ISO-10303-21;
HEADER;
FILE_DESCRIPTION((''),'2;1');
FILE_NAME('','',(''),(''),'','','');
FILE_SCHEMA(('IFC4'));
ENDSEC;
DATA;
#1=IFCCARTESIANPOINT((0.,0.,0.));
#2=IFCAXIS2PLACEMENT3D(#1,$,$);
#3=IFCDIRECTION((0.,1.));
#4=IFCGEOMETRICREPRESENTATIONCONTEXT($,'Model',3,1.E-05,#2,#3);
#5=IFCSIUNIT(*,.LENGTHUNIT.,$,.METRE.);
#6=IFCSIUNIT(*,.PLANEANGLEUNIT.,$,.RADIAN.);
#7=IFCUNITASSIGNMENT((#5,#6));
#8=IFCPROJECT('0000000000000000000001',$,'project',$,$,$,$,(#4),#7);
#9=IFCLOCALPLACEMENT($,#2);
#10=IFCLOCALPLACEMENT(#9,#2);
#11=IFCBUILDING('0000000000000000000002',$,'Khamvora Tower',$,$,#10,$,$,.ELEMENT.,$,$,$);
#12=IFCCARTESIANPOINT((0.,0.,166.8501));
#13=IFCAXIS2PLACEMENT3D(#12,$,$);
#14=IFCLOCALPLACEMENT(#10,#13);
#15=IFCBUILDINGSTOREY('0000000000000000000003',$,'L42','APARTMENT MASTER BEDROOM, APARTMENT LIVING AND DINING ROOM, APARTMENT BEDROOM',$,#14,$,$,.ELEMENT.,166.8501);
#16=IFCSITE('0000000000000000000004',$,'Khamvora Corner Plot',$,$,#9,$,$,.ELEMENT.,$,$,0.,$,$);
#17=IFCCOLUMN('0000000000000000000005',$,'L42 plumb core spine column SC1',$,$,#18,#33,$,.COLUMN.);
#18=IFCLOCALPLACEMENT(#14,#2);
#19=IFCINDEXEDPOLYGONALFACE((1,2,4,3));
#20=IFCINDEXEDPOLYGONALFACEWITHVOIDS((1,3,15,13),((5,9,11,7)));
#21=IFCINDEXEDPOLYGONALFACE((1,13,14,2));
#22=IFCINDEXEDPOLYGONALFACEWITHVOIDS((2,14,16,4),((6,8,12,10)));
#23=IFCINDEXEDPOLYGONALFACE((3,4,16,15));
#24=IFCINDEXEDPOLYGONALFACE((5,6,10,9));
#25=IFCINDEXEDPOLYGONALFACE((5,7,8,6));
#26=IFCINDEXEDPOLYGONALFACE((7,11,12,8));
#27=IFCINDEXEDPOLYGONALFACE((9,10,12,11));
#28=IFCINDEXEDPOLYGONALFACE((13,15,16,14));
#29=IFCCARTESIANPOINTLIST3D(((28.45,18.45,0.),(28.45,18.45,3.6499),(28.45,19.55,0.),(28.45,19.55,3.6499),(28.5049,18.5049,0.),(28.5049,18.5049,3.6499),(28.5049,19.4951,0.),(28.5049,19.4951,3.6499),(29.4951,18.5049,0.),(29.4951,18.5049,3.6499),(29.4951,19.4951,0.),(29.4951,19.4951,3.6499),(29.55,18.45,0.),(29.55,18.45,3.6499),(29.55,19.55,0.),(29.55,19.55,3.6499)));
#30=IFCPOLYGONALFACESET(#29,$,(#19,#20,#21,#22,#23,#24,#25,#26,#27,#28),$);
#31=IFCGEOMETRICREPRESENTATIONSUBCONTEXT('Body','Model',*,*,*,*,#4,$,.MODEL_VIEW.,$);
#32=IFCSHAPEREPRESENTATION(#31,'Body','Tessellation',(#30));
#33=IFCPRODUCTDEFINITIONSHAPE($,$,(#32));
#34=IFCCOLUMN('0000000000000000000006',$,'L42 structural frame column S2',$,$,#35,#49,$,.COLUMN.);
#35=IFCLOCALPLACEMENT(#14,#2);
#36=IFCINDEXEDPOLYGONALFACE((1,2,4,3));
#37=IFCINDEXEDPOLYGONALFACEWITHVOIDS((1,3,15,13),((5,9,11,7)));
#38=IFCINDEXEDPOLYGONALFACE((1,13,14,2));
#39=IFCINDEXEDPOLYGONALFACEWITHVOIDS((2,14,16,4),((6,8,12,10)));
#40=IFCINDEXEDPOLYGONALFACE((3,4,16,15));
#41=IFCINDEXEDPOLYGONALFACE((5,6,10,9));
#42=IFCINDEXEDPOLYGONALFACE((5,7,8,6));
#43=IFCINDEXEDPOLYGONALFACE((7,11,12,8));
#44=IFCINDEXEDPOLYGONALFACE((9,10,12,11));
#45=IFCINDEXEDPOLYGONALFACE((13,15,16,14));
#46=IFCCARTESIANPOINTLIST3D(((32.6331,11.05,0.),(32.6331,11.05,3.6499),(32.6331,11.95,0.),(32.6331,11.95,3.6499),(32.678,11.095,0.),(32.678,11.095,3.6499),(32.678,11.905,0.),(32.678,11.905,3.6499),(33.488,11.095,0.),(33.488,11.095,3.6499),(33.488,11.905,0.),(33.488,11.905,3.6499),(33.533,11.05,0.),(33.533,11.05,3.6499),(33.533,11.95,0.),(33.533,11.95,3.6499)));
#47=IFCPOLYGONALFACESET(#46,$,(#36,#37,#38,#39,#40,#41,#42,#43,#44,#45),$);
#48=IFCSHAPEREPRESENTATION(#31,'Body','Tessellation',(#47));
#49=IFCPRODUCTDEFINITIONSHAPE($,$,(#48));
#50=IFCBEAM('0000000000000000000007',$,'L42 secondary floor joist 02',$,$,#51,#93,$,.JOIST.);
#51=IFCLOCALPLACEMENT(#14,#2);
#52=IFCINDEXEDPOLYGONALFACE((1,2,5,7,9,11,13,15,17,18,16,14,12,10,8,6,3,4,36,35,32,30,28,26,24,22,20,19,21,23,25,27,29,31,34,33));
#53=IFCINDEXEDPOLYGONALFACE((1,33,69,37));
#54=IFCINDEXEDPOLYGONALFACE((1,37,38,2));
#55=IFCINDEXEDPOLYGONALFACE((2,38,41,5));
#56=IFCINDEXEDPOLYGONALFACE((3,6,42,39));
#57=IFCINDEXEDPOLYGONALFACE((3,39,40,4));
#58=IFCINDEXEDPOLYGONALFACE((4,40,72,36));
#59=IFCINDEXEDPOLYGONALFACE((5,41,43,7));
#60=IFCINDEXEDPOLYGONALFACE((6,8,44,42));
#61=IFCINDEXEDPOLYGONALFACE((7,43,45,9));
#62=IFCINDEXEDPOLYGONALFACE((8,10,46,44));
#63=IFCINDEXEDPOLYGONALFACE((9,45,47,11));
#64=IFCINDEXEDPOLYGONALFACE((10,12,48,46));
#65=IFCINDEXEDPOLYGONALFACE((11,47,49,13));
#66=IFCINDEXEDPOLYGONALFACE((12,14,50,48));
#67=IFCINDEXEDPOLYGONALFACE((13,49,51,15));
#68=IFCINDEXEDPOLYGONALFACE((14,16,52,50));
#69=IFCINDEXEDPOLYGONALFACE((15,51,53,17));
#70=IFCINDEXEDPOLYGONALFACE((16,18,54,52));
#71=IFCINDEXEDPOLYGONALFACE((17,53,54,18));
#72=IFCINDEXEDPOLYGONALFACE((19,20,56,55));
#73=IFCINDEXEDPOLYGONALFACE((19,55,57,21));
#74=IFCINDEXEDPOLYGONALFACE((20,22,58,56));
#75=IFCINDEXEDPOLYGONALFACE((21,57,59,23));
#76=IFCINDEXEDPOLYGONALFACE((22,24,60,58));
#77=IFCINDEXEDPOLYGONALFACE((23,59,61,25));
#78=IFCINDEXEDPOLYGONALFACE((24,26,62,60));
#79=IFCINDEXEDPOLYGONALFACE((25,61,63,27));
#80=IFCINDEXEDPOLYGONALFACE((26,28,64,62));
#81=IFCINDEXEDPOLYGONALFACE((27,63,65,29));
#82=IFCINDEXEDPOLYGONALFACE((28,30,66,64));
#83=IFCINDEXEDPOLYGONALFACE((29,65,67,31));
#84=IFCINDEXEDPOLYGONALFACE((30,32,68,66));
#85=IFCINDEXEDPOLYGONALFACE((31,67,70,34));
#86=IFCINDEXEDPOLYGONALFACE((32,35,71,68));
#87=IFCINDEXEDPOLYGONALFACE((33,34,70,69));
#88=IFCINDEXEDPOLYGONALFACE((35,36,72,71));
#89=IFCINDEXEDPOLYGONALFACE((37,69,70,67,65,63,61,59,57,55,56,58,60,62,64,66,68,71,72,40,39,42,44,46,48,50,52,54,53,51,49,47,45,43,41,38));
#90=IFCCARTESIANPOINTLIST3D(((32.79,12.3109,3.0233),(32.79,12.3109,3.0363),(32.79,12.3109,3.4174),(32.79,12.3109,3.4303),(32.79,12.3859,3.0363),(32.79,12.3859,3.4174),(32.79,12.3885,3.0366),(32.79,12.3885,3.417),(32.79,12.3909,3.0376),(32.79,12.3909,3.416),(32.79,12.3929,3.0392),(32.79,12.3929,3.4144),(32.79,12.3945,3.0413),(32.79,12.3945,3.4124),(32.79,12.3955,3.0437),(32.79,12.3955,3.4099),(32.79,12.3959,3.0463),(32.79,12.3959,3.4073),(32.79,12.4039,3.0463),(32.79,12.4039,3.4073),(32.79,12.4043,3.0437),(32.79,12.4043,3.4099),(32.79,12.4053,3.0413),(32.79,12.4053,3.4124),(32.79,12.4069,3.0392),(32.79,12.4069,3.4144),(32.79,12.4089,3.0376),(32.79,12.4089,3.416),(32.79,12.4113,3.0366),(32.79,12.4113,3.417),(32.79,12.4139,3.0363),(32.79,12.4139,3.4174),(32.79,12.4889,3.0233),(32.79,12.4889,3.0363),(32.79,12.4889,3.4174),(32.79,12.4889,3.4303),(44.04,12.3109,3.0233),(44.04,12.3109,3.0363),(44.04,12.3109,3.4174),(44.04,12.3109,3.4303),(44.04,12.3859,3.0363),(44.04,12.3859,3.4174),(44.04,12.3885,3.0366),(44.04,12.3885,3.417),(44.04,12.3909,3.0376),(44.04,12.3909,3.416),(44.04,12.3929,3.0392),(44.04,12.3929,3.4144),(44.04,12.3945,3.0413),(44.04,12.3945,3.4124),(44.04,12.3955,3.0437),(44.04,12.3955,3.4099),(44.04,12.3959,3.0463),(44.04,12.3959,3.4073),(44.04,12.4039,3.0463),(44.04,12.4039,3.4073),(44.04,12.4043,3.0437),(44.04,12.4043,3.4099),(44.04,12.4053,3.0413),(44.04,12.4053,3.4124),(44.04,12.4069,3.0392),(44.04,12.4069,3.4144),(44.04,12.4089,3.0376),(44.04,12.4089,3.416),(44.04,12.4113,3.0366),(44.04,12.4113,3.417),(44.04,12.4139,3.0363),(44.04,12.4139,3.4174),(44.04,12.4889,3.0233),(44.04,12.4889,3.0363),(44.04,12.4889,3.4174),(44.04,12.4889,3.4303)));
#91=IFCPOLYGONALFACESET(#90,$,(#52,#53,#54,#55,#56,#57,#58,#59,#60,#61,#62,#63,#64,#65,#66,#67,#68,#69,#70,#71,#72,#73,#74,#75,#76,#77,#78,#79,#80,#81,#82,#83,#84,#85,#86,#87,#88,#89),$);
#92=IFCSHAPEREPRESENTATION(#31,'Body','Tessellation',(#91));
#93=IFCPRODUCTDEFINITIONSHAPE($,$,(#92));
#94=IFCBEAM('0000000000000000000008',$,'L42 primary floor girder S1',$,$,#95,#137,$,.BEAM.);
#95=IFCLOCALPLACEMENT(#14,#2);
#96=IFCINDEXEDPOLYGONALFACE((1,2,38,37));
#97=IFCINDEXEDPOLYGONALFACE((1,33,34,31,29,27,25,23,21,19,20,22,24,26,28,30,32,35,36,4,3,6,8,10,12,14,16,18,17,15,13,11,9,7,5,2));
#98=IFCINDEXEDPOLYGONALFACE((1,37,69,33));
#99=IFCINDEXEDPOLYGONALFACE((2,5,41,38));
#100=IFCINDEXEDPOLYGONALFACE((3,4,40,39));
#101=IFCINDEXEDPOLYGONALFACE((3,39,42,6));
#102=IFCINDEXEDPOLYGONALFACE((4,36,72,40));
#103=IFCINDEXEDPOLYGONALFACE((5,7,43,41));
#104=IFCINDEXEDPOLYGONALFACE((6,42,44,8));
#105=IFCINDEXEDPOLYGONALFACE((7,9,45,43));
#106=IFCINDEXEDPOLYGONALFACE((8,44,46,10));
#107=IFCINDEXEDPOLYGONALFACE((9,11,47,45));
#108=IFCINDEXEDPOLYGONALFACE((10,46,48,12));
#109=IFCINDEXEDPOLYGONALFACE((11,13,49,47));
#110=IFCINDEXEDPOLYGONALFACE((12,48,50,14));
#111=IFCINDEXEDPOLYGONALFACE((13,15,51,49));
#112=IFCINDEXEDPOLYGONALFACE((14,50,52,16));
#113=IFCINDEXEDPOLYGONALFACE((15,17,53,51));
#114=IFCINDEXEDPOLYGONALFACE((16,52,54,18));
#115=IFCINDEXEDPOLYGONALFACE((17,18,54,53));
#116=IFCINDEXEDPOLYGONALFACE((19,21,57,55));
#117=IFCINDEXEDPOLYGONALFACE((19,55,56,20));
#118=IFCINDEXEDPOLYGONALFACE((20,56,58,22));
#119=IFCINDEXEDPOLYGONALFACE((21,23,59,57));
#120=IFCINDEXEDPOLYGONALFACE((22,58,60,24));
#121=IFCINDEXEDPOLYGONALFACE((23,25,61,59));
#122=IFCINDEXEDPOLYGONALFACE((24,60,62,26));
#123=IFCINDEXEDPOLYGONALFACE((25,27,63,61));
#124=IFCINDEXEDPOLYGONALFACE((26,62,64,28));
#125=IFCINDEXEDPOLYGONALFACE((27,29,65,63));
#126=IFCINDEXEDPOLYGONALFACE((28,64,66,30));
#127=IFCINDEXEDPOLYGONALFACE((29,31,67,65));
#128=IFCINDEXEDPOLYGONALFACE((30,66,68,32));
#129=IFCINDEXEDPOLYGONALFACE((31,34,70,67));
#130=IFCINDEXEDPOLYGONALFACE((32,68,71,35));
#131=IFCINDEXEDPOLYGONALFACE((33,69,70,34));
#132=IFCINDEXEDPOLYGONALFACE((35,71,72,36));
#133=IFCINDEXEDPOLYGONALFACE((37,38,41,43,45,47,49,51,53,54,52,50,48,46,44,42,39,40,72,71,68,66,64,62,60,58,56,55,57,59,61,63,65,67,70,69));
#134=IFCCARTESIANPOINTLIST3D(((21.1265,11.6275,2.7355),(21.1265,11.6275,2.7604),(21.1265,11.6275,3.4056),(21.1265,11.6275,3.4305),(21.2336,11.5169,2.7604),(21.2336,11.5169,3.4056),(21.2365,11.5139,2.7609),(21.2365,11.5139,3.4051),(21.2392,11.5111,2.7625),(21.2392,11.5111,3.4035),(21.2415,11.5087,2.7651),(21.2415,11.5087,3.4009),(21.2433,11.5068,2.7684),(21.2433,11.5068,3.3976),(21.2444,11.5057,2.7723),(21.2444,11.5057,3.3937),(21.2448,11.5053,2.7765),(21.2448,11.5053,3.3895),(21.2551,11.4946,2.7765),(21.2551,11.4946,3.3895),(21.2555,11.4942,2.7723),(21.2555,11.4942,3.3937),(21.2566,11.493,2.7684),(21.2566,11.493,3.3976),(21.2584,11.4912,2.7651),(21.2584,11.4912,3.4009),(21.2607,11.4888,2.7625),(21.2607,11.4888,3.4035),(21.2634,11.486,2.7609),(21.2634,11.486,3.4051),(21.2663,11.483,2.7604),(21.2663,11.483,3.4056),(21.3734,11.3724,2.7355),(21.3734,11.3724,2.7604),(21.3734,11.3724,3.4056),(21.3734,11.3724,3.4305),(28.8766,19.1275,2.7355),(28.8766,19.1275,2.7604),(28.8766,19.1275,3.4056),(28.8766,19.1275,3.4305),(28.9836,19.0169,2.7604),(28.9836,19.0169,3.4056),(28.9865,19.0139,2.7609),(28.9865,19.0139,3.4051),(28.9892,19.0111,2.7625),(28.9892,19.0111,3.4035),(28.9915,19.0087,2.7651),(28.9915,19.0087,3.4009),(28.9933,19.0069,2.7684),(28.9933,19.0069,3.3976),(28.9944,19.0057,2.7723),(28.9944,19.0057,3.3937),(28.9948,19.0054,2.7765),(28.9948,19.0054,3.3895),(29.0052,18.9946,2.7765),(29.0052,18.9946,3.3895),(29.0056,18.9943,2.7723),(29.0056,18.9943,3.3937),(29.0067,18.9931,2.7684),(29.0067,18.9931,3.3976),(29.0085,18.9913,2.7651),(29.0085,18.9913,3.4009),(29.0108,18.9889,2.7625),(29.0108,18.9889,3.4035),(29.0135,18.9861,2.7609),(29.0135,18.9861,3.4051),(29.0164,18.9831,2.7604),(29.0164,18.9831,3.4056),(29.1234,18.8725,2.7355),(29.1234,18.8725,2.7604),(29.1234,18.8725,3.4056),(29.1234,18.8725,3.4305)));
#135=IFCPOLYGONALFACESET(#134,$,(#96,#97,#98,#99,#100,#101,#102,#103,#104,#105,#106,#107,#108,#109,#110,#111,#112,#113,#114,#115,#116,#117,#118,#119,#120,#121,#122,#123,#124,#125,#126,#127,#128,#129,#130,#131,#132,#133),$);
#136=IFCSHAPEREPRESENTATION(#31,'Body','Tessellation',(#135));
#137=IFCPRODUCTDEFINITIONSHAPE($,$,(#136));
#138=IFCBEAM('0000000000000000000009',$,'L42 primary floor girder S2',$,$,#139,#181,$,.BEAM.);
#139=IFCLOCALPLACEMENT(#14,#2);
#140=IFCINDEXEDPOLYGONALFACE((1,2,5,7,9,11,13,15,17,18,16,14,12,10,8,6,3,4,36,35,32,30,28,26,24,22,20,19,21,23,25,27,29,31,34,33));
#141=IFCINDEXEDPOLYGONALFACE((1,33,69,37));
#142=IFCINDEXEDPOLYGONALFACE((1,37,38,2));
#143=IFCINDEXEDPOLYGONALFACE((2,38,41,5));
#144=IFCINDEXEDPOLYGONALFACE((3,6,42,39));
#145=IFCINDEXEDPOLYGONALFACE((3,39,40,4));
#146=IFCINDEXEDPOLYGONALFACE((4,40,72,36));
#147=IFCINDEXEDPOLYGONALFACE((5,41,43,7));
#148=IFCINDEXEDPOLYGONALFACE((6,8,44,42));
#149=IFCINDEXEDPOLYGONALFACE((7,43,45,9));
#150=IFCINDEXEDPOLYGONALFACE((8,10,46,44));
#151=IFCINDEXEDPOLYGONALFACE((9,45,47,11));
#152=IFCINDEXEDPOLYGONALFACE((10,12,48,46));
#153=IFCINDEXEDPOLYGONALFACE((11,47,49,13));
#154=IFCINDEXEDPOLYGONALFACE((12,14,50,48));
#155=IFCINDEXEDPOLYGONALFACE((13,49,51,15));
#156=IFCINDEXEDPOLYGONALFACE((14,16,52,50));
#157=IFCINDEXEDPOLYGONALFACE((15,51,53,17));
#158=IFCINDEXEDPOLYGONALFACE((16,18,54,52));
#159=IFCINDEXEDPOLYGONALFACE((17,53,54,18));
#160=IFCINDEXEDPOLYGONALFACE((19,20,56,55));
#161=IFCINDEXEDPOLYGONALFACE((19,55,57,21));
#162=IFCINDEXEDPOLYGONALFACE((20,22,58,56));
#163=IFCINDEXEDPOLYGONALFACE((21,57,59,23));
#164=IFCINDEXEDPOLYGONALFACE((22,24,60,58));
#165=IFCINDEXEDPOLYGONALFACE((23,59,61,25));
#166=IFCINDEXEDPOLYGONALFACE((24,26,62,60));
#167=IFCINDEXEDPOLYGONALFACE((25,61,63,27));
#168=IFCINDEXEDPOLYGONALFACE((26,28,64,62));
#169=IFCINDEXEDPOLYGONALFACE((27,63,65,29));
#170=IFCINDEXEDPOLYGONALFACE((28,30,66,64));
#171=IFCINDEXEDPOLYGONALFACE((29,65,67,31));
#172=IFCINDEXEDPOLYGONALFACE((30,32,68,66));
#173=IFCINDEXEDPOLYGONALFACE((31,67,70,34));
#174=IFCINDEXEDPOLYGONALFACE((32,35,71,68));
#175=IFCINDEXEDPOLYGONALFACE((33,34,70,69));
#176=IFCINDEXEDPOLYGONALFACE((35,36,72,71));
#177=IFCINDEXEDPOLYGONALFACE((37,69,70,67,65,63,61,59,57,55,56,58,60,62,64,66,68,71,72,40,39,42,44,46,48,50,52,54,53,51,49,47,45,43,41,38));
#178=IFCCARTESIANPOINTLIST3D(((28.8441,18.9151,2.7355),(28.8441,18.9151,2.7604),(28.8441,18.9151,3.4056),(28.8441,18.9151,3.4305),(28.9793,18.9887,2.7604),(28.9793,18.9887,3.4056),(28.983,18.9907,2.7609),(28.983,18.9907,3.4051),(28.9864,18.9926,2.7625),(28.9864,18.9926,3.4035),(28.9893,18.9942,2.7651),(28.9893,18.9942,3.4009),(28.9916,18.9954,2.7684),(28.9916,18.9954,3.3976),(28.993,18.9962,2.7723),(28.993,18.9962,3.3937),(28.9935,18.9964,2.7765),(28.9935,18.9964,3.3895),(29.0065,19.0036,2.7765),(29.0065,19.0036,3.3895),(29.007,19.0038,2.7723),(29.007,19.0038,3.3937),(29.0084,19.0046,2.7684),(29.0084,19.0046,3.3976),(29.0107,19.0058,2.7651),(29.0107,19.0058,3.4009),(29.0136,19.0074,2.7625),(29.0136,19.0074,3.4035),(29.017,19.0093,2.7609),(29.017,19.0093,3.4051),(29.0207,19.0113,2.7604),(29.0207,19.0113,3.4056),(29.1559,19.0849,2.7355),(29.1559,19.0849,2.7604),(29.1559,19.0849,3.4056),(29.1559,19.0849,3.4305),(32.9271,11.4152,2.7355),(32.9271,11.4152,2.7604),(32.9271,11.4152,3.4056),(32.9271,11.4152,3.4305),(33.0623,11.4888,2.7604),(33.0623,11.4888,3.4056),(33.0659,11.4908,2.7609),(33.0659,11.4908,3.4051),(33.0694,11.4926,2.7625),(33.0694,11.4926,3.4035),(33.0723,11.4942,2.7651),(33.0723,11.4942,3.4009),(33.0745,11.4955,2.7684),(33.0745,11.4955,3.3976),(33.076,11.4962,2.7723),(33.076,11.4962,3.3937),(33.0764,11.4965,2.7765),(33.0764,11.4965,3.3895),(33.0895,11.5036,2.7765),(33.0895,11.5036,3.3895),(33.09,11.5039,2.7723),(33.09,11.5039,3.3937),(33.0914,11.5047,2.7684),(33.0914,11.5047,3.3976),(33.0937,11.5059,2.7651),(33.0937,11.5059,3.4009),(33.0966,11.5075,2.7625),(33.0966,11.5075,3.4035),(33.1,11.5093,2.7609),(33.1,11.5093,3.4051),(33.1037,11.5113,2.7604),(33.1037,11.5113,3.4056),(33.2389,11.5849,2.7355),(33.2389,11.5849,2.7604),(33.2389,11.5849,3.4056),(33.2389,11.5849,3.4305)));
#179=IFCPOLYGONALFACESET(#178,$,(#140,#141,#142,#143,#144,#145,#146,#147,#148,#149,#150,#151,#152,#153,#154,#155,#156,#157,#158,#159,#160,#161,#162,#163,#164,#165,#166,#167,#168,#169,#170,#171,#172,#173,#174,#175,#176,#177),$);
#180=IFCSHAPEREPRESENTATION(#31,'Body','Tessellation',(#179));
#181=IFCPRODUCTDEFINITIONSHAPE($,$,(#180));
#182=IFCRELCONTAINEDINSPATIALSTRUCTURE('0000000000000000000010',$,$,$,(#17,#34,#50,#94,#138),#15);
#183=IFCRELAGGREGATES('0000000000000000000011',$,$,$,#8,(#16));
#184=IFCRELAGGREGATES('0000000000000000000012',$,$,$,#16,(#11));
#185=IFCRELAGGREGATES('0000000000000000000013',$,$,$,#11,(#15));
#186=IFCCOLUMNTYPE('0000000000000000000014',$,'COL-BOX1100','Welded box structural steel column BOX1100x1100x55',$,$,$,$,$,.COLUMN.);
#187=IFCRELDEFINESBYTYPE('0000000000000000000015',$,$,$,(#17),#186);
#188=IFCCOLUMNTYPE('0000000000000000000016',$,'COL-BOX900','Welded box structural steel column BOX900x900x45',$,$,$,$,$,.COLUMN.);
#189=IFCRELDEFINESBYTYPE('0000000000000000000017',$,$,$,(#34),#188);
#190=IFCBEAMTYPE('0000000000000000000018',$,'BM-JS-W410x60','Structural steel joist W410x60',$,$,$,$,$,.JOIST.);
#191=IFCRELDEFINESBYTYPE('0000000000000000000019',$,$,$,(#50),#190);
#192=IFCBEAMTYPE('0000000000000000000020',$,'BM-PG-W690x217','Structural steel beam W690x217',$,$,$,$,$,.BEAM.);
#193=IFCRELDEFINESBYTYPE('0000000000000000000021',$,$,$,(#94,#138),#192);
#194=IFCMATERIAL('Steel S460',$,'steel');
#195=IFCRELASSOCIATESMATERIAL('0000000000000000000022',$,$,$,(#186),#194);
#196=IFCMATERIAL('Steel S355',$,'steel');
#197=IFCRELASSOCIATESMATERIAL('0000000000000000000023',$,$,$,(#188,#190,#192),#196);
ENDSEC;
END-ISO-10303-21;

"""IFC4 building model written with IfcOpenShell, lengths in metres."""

from ifc_helpers import new_model, si_unit, direction, frame, origin, origin_2d, place, context, subcontext, project, spatial, hollow_rectangle, i_section, extrude, material, material_profile, profile_set, type_object, element, save


model = new_model("IFC4")

# Units and contexts
model_context = context("Model", 3, precision=1e-05, world=origin(), true_north=direction((0.0, 1.0)))
body_context = subcontext(model_context, "Body", "Model", "MODEL_VIEW")
ifc_project = project(units=[si_unit("LENGTHUNIT", "METRE"), si_unit("PLANEANGLEUNIT", "RADIAN")], contexts=[model_context])

# Site, building, storey
site_placement = place(None, origin())
site = spatial("IfcSite", under=ifc_project, at=site_placement, Name="Khamvora Corner Plot", CompositionType="ELEMENT", RefElevation=0.0)
building_placement = place(site_placement, origin())
building = spatial("IfcBuilding", under=site, at=building_placement, Name="Khamvora Tower", CompositionType="ELEMENT")
storey_placement = place(building_placement, frame((0.0, 0.0, 166.8501)))
storey = spatial("IfcBuildingStorey", under=building, at=storey_placement, Name="L42", Description="APARTMENT MASTER BEDROOM, APARTMENT LIVING AND DINING ROOM, APARTMENT BEDROOM", CompositionType="ELEMENT", Elevation=166.8501)

# Columns
ifc_material_1 = material(Name="Steel S460", Category="steel")
ifc_material_profile_1 = material_profile(ifc_material_1, hollow_rectangle(XDim=1.1001, YDim=1.1001, WallThickness=0.0549, at=origin_2d()), Name="BOX1100x1100x55")
ifc_profile_set_1 = profile_set([ifc_material_profile_1], Name="Steel S460")
column_type_1 = type_object("IfcColumnType", Name="COL-BOX1100", Description="Welded box structural steel column BOX1100x1100x55", PredefinedType="COLUMN", material=ifc_profile_set_1)
column_1_placement = place(storey_placement, frame((29.0, 19.0, 0.0), z_axis=(0.0, 0.0, 1.0), x_axis=(1.0, 0.0, 0.0)))
element("IfcColumn", 1, at=column_1_placement, inside=storey, type_object=column_type_1, Name="L42 plumb core spine column SC1", PredefinedType="COLUMN", context=body_context, shape_type="SweptSolid", body=[
    extrude(hollow_rectangle(XDim=1.1001, YDim=1.1001, WallThickness=0.0549, at=origin_2d()), origin(), (0.0, 0.0, 1.0), 3.6499),
])
ifc_material_2 = material(Name="Steel S355", Category="steel")
ifc_material_profile_2 = material_profile(ifc_material_2, hollow_rectangle(XDim=0.8999, YDim=0.8999, WallThickness=0.0449, at=origin_2d()), Name="BOX900x900x45")
ifc_profile_set_2 = profile_set([ifc_material_profile_2], Name="Steel S355")
column_type_2 = type_object("IfcColumnType", Name="COL-BOX900", Description="Welded box structural steel column BOX900x900x45", PredefinedType="COLUMN", material=ifc_profile_set_2)
column_2_placement = place(storey_placement, frame((33.083, 11.5, 0.0), z_axis=(0.0, 0.0, 1.0), x_axis=(1.0, 0.0, 0.0)))
element("IfcColumn", 2, at=column_2_placement, inside=storey, type_object=column_type_2, Name="L42 structural frame column S2", PredefinedType="COLUMN", context=body_context, shape_type="SweptSolid", body=[
    extrude(hollow_rectangle(XDim=0.8999, YDim=0.8999, WallThickness=0.0449, at=origin_2d()), origin(), (0.0, 0.0, 1.0), 3.6499),
])

# Beams
ifc_material_profile_3 = material_profile(ifc_material_2, i_section(OverallWidth=0.178, OverallDepth=0.407, WebThickness=0.0081, FlangeThickness=0.0129, FilletRadius=0.01, at=origin_2d()), Name="W410x60")
ifc_profile_set_3 = profile_set([ifc_material_profile_3], Name="Steel S355")
beam_type_1 = type_object("IfcBeamType", Name="BM-JS-W410x60", Description="Structural steel joist W410x60", PredefinedType="JOIST", material=ifc_profile_set_3)
beam_1_placement = place(storey_placement, frame((32.79, 12.3999, 3.2268), z_axis=(1.0, 0.0, 0.0), x_axis=(0.0, 1.0, 0.0)))
element("IfcBeam", 3, at=beam_1_placement, inside=storey, type_object=beam_type_1, Name="L42 secondary floor joist 02", PredefinedType="JOIST", context=body_context, shape_type="SweptSolid", body=[
    extrude(i_section(OverallWidth=0.178, OverallDepth=0.407, WebThickness=0.0081, FlangeThickness=0.0129, FilletRadius=0.01, at=origin_2d()), origin(), (0.0, 0.0, 1.0), 11.25),
])
ifc_material_profile_4 = material_profile(ifc_material_2, i_section(OverallWidth=0.355, OverallDepth=0.6951, WebThickness=0.0149, FlangeThickness=0.0249, FilletRadius=0.0161, at=origin_2d()), Name="W690x217")
ifc_profile_set_4 = profile_set([ifc_material_profile_4], Name="Steel S355")
beam_type_2 = type_object("IfcBeamType", Name="BM-PG-W690x217", Description="Structural steel beam W690x217", PredefinedType="BEAM", material=ifc_profile_set_4)
beam_2_placement = place(storey_placement, frame((29.0, 19.0, 3.083), z_axis=(-0.718602, -0.695421, 0.0), x_axis=(0.695421, -0.718602, 0.0)))
element("IfcBeam", 4, at=beam_2_placement, inside=storey, type_object=beam_type_2, Name="L42 primary floor girder S1", PredefinedType="BEAM", context=body_context, shape_type="SweptSolid", body=[
    extrude(i_section(OverallWidth=0.355, OverallDepth=0.6951, WebThickness=0.0149, FlangeThickness=0.0249, FilletRadius=0.0161, at=origin_2d()), origin(), (0.0, 0.0, 1.0), 10.7849),
])
beam_3_placement = place(storey_placement, frame((29.0, 19.0, 3.083), z_axis=(0.478139, -0.878284, 0.0), x_axis=(0.878284, 0.478139, 0.0)))
element("IfcBeam", 5, at=beam_3_placement, inside=storey, type_object=beam_type_2, Name="L42 primary floor girder S2", PredefinedType="BEAM", context=body_context, shape_type="SweptSolid", body=[
    extrude(i_section(OverallWidth=0.355, OverallDepth=0.6951, WebThickness=0.0149, FlangeThickness=0.0249, FilletRadius=0.0161, at=origin_2d()), origin(), (0.0, 0.0, 1.0), 8.5393),
])

save(model, "model.ifc")
